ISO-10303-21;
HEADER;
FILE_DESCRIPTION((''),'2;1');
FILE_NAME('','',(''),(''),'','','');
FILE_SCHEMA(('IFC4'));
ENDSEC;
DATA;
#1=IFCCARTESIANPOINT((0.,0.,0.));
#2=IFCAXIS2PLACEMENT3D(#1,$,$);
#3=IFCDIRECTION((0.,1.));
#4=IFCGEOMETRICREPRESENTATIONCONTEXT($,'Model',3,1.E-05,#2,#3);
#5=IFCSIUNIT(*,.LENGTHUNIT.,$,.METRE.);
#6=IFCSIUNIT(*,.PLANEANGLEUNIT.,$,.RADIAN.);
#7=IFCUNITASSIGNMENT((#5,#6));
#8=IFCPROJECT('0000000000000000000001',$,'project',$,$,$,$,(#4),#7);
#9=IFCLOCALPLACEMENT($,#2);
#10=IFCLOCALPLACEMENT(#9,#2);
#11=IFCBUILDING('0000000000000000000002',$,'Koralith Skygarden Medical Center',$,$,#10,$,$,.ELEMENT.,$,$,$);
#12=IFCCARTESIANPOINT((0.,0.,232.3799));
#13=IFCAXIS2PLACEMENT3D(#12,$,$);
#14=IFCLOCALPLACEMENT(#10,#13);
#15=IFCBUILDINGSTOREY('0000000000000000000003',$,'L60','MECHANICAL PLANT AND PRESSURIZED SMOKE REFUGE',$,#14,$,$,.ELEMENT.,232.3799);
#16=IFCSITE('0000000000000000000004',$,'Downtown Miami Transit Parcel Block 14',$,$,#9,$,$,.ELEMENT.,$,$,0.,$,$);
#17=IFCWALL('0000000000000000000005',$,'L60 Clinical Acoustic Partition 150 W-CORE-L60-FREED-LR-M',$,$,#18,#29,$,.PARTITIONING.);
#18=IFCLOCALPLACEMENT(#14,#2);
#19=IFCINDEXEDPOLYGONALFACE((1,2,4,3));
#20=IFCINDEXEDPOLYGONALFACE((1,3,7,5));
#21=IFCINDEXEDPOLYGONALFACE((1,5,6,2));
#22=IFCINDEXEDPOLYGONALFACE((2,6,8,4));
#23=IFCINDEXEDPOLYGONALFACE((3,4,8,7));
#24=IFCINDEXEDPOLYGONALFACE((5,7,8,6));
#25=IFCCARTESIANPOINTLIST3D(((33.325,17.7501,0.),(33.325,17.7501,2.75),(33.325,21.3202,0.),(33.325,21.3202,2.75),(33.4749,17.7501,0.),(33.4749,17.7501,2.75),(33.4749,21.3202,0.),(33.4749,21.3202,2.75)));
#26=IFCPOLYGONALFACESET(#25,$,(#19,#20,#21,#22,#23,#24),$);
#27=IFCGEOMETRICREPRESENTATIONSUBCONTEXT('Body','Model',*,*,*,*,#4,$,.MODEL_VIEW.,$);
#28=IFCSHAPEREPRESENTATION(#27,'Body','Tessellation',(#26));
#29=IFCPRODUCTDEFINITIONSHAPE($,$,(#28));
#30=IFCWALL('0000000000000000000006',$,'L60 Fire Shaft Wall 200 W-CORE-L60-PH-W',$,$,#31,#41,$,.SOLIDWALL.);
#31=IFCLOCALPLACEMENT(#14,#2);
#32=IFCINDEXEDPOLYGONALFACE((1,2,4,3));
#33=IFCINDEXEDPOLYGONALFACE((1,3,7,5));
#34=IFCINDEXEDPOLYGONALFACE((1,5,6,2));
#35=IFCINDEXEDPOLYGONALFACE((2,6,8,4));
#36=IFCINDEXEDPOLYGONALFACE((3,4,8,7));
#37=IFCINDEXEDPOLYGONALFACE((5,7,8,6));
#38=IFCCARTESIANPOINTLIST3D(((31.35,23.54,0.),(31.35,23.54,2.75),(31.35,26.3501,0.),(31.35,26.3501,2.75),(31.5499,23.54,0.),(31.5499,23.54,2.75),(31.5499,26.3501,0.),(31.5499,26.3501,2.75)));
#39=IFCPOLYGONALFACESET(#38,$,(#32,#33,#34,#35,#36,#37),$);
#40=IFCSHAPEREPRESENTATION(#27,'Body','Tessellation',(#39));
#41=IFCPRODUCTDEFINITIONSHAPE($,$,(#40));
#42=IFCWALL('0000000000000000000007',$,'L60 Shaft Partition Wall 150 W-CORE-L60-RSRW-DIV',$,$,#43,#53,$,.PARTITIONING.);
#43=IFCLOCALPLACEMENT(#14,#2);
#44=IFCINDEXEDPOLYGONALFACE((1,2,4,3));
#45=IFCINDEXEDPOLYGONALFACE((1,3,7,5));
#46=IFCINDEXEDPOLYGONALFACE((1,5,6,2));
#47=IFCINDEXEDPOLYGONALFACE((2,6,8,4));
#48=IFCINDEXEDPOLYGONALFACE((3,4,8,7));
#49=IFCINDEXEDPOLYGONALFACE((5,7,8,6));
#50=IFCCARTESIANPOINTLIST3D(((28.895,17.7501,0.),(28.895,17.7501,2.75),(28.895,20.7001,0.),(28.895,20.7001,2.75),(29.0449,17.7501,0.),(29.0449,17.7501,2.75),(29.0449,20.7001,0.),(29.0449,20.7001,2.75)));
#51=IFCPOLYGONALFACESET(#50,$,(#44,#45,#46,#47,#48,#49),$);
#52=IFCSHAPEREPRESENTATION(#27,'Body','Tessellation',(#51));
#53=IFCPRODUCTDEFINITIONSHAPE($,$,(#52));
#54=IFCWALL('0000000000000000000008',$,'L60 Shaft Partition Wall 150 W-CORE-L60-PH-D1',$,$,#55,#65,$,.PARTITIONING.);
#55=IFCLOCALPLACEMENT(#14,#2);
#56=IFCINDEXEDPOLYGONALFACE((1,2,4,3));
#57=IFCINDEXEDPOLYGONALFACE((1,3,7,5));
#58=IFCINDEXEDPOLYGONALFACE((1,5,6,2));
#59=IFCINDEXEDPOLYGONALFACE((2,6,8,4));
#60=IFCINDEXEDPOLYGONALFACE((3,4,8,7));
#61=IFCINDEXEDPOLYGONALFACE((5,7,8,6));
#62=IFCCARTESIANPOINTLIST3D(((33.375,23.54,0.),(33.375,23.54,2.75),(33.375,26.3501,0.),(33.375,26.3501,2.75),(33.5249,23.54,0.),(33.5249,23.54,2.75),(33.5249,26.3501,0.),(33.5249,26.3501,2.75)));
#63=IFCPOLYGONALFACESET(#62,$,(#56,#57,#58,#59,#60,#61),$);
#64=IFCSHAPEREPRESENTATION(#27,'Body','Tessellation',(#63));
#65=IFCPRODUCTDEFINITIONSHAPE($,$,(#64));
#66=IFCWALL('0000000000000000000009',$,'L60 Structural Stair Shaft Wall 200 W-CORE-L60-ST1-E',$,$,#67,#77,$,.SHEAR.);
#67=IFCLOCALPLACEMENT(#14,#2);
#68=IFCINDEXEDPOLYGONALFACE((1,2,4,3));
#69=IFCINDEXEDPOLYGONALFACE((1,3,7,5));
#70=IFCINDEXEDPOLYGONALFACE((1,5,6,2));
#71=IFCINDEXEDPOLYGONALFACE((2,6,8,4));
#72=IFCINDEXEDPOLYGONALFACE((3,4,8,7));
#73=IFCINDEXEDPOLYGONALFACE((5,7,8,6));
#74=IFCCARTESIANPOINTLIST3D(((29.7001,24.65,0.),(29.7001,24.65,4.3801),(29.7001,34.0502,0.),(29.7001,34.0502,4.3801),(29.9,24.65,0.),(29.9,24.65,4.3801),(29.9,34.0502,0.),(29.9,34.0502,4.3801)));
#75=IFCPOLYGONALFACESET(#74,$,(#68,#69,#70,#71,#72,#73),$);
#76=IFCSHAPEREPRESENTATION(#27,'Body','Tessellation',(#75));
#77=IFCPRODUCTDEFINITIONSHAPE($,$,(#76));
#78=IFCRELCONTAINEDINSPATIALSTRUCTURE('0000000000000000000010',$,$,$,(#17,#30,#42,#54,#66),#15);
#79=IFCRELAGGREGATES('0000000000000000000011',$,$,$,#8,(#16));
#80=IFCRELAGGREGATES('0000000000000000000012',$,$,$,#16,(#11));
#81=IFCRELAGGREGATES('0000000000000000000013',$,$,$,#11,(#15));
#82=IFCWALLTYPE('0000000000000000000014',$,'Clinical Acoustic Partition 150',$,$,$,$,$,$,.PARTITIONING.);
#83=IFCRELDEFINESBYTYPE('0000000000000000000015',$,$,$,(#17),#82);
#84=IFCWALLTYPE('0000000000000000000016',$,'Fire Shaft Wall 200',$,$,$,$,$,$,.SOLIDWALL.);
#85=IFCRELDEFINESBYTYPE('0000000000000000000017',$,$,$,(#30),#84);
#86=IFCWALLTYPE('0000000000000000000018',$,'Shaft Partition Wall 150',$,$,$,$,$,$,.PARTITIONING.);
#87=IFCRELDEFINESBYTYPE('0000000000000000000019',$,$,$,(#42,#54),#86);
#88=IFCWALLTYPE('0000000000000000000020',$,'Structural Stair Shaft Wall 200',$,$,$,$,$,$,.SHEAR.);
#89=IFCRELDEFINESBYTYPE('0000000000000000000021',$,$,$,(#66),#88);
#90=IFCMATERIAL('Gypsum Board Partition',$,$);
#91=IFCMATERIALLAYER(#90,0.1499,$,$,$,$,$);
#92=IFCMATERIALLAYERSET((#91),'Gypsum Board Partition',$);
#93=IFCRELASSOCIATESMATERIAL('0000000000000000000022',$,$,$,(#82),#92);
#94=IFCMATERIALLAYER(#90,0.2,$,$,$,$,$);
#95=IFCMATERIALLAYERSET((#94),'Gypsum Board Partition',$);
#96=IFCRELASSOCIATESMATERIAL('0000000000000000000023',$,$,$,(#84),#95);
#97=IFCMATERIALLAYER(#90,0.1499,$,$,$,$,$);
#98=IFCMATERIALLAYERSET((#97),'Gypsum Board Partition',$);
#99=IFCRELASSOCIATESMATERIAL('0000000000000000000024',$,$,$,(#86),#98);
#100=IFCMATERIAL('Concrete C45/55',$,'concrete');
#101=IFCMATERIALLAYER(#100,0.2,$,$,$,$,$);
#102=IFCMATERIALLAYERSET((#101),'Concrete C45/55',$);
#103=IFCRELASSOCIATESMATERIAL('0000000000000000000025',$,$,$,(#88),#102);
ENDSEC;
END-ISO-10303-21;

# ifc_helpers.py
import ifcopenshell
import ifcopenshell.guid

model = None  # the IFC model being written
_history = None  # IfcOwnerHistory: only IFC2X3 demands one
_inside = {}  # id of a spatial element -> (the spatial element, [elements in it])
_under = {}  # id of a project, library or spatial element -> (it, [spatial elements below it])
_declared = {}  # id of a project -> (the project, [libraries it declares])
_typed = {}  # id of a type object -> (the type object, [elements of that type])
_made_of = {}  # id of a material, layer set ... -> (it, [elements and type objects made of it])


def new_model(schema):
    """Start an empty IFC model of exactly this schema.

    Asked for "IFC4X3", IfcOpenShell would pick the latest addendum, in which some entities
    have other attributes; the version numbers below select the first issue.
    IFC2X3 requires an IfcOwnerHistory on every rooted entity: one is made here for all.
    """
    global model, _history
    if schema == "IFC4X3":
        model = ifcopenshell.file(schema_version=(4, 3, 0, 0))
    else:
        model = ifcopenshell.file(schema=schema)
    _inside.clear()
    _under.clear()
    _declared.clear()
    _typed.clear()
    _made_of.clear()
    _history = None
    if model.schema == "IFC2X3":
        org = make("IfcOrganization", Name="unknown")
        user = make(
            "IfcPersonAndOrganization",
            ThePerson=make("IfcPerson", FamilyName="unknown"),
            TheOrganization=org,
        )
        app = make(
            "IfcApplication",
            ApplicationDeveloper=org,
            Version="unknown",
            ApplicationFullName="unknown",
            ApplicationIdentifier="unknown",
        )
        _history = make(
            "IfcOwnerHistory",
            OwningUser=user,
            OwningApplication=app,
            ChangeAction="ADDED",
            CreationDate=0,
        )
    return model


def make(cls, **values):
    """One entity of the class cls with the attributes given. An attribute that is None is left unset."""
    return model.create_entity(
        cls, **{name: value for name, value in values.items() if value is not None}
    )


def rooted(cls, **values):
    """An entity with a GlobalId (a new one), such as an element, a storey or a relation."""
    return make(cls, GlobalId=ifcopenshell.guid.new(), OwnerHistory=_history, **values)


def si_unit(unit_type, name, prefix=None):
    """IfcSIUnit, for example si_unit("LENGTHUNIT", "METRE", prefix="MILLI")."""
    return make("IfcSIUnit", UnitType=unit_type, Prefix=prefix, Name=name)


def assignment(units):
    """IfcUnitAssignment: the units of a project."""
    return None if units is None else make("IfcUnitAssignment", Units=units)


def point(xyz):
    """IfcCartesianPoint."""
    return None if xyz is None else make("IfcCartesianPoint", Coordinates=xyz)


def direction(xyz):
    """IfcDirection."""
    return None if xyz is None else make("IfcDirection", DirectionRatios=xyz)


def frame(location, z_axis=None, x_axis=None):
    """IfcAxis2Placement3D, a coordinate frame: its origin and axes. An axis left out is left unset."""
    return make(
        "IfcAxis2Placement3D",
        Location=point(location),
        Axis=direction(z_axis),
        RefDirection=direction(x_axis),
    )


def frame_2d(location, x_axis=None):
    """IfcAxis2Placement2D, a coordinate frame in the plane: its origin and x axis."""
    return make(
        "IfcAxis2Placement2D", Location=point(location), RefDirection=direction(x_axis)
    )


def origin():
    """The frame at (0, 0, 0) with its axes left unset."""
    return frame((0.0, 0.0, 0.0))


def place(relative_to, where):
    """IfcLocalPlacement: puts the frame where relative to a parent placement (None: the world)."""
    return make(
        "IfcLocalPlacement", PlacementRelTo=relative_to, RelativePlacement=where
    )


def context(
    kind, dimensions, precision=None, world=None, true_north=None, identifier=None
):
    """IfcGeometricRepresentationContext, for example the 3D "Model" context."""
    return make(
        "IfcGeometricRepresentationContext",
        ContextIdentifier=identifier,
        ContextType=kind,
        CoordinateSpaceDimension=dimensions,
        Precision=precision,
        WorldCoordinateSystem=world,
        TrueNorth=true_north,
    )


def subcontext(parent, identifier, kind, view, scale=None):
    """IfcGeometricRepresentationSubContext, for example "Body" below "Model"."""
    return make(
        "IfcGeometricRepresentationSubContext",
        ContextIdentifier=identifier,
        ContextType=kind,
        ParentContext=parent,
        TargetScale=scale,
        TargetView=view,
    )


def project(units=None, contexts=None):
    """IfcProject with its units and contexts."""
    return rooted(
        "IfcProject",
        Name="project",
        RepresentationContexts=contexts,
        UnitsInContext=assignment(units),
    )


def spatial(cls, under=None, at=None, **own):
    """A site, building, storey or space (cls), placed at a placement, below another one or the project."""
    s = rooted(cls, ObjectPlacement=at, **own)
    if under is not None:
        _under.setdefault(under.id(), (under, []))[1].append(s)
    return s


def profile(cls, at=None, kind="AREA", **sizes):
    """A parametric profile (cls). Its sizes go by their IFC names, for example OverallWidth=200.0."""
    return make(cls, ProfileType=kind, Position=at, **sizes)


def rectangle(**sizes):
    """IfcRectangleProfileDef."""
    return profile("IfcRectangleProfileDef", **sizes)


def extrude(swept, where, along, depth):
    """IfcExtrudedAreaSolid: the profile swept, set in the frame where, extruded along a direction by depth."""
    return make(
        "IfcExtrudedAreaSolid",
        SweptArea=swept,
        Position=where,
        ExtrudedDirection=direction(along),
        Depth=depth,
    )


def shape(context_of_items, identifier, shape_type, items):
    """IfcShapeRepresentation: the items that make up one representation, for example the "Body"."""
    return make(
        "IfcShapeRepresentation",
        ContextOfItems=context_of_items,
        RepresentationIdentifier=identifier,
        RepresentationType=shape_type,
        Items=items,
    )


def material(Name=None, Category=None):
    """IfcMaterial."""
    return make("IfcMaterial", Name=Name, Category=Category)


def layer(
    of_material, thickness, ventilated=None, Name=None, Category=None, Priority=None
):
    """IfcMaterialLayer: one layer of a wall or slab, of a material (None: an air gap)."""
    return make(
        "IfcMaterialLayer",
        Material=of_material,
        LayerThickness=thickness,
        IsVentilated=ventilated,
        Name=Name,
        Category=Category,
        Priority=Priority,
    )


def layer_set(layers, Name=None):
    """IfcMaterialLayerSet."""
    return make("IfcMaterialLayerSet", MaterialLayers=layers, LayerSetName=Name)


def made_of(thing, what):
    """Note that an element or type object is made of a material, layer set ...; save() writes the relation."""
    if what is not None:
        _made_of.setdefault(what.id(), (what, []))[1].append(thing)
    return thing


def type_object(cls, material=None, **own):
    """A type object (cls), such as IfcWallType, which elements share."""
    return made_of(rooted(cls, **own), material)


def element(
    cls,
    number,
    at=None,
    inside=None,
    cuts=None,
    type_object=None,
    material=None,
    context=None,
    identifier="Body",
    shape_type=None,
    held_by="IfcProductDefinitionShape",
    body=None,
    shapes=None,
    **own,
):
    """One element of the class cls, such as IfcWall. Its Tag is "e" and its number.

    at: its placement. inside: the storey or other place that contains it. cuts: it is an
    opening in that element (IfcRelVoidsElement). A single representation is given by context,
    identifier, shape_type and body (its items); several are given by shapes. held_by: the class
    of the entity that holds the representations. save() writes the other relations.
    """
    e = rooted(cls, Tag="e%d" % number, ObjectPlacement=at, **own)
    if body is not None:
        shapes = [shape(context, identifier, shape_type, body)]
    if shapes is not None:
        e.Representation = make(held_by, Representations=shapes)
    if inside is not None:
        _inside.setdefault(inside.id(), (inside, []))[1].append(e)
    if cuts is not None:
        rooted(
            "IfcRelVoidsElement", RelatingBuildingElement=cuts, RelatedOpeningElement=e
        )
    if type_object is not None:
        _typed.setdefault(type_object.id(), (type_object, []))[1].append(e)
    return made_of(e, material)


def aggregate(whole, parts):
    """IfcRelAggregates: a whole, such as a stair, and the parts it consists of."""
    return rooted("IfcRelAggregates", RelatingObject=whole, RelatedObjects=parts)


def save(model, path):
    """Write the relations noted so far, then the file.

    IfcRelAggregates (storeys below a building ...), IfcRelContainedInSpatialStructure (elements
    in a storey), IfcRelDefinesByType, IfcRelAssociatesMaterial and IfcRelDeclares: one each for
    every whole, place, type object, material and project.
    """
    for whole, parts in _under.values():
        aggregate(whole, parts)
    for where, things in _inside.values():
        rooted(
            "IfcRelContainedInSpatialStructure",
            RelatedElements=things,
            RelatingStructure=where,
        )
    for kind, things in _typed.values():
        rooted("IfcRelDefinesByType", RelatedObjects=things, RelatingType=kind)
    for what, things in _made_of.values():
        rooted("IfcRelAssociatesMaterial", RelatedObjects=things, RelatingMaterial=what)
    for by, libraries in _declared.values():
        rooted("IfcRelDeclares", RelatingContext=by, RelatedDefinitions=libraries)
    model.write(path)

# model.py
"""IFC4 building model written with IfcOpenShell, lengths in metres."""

from ifc_helpers import new_model, si_unit, direction, frame, frame_2d, origin, place, context, subcontext, project, spatial, rectangle, extrude, material, layer, layer_set, type_object, element, save


model = new_model("IFC4")

# Units and contexts
model_context = context("Model", 3, precision=1e-05, world=origin(), true_north=direction((0.0, 1.0)))
body_context = subcontext(model_context, "Body", "Model", "MODEL_VIEW")
ifc_project = project(units=[si_unit("LENGTHUNIT", "METRE"), si_unit("PLANEANGLEUNIT", "RADIAN")], contexts=[model_context])

# Site, building, storey
site_placement = place(None, origin())
site = spatial("IfcSite", under=ifc_project, at=site_placement, Name="Downtown Miami Transit Parcel Block 14", CompositionType="ELEMENT", RefElevation=0.0)
building_placement = place(site_placement, origin())
building = spatial("IfcBuilding", under=site, at=building_placement, Name="Koralith Skygarden Medical Center", CompositionType="ELEMENT")
storey_placement = place(building_placement, frame((0.0, 0.0, 232.3799)))
storey = spatial("IfcBuildingStorey", under=building, at=storey_placement, Name="L60", Description="MECHANICAL PLANT AND PRESSURIZED SMOKE REFUGE", CompositionType="ELEMENT", Elevation=232.3799)

# Shared definitions
ifc_material_1 = material(Name="Gypsum Board Partition")
ifc_layer_1 = layer(ifc_material_1, 0.1499)
ifc_layer_set_1 = layer_set([ifc_layer_1], Name="Gypsum Board Partition")
wall_type_1 = type_object("IfcWallType", Name="Clinical Acoustic Partition 150", PredefinedType="PARTITIONING", material=ifc_layer_set_1)

# Wall
wall_1_placement = place(storey_placement, frame((33.3999, 17.75, 0.0), z_axis=(0.0, 0.0, 1.0), x_axis=(0.0, 1.0, 0.0)))
element("IfcWall", 1, at=wall_1_placement, inside=storey, type_object=wall_type_1, Name="L60 Clinical Acoustic Partition 150 W-CORE-L60-FREED-LR-M", PredefinedType="PARTITIONING", context=body_context, shape_type="SweptSolid", body=[
    extrude(rectangle(XDim=3.5701, YDim=0.1499, at=frame_2d((1.7852, 0.0))), origin(), (0.0, 0.0, 1.0), 2.75),
])

# Shared definitions
ifc_layer_2 = layer(ifc_material_1, 0.2)
ifc_layer_set_2 = layer_set([ifc_layer_2], Name="Gypsum Board Partition")
wall_type_2 = type_object("IfcWallType", Name="Fire Shaft Wall 200", PredefinedType="SOLIDWALL", material=ifc_layer_set_2)

# Wall
wall_2_placement = place(storey_placement, frame((31.45, 23.54, 0.0), z_axis=(0.0, 0.0, 1.0), x_axis=(0.0, 1.0, 0.0)))
element("IfcWall", 2, at=wall_2_placement, inside=storey, type_object=wall_type_2, Name="L60 Fire Shaft Wall 200 W-CORE-L60-PH-W", PredefinedType="SOLIDWALL", context=body_context, shape_type="SweptSolid", body=[
    extrude(rectangle(XDim=2.8101, YDim=0.2, at=frame_2d((1.405, 0.0))), origin(), (0.0, 0.0, 1.0), 2.75),
])

# Walls
ifc_layer_3 = layer(ifc_material_1, 0.1499)
ifc_layer_set_3 = layer_set([ifc_layer_3], Name="Gypsum Board Partition")
wall_type_3 = type_object("IfcWallType", Name="Shaft Partition Wall 150", PredefinedType="PARTITIONING", material=ifc_layer_set_3)
wall_3_placement = place(storey_placement, frame((28.97, 17.75, 0.0), z_axis=(0.0, 0.0, 1.0), x_axis=(0.0, 1.0, 0.0)))
element("IfcWall", 3, at=wall_3_placement, inside=storey, type_object=wall_type_3, Name="L60 Shaft Partition Wall 150 W-CORE-L60-RSRW-DIV", PredefinedType="PARTITIONING", context=body_context, shape_type="SweptSolid", body=[
    extrude(rectangle(XDim=2.95, YDim=0.1499, at=frame_2d((1.4751, 0.0))), origin(), (0.0, 0.0, 1.0), 2.75),
])
wall_4_placement = place(storey_placement, frame((33.45, 23.54, 0.0), z_axis=(0.0, 0.0, 1.0), x_axis=(0.0, 1.0, 0.0)))
element("IfcWall", 4, at=wall_4_placement, inside=storey, type_object=wall_type_3, Name="L60 Shaft Partition Wall 150 W-CORE-L60-PH-D1", PredefinedType="PARTITIONING", context=body_context, shape_type="SweptSolid", body=[
    extrude(rectangle(XDim=2.8101, YDim=0.1499, at=frame_2d((1.405, 0.0))), origin(), (0.0, 0.0, 1.0), 2.75),
])
ifc_material_2 = material(Name="Concrete C45/55", Category="concrete")
ifc_layer_4 = layer(ifc_material_2, 0.2)
ifc_layer_set_4 = layer_set([ifc_layer_4], Name="Concrete C45/55")
wall_type_4 = type_object("IfcWallType", Name="Structural Stair Shaft Wall 200", PredefinedType="SHEAR", material=ifc_layer_set_4)
wall_5_placement = place(storey_placement, frame((29.8, 24.6499, 0.0), z_axis=(0.0, 0.0, 1.0), x_axis=(0.0, 1.0, 0.0)))
element("IfcWall", 5, at=wall_5_placement, inside=storey, type_object=wall_type_4, Name="L60 Structural Stair Shaft Wall 200 W-CORE-L60-ST1-E", PredefinedType="SHEAR", context=body_context, shape_type="SweptSolid", body=[
    extrude(rectangle(XDim=9.4001, YDim=0.2, at=frame_2d((4.7002, 0.0))), origin(), (0.0, 0.0, 1.0), 4.3801),
])

save(model, "model.ifc")
